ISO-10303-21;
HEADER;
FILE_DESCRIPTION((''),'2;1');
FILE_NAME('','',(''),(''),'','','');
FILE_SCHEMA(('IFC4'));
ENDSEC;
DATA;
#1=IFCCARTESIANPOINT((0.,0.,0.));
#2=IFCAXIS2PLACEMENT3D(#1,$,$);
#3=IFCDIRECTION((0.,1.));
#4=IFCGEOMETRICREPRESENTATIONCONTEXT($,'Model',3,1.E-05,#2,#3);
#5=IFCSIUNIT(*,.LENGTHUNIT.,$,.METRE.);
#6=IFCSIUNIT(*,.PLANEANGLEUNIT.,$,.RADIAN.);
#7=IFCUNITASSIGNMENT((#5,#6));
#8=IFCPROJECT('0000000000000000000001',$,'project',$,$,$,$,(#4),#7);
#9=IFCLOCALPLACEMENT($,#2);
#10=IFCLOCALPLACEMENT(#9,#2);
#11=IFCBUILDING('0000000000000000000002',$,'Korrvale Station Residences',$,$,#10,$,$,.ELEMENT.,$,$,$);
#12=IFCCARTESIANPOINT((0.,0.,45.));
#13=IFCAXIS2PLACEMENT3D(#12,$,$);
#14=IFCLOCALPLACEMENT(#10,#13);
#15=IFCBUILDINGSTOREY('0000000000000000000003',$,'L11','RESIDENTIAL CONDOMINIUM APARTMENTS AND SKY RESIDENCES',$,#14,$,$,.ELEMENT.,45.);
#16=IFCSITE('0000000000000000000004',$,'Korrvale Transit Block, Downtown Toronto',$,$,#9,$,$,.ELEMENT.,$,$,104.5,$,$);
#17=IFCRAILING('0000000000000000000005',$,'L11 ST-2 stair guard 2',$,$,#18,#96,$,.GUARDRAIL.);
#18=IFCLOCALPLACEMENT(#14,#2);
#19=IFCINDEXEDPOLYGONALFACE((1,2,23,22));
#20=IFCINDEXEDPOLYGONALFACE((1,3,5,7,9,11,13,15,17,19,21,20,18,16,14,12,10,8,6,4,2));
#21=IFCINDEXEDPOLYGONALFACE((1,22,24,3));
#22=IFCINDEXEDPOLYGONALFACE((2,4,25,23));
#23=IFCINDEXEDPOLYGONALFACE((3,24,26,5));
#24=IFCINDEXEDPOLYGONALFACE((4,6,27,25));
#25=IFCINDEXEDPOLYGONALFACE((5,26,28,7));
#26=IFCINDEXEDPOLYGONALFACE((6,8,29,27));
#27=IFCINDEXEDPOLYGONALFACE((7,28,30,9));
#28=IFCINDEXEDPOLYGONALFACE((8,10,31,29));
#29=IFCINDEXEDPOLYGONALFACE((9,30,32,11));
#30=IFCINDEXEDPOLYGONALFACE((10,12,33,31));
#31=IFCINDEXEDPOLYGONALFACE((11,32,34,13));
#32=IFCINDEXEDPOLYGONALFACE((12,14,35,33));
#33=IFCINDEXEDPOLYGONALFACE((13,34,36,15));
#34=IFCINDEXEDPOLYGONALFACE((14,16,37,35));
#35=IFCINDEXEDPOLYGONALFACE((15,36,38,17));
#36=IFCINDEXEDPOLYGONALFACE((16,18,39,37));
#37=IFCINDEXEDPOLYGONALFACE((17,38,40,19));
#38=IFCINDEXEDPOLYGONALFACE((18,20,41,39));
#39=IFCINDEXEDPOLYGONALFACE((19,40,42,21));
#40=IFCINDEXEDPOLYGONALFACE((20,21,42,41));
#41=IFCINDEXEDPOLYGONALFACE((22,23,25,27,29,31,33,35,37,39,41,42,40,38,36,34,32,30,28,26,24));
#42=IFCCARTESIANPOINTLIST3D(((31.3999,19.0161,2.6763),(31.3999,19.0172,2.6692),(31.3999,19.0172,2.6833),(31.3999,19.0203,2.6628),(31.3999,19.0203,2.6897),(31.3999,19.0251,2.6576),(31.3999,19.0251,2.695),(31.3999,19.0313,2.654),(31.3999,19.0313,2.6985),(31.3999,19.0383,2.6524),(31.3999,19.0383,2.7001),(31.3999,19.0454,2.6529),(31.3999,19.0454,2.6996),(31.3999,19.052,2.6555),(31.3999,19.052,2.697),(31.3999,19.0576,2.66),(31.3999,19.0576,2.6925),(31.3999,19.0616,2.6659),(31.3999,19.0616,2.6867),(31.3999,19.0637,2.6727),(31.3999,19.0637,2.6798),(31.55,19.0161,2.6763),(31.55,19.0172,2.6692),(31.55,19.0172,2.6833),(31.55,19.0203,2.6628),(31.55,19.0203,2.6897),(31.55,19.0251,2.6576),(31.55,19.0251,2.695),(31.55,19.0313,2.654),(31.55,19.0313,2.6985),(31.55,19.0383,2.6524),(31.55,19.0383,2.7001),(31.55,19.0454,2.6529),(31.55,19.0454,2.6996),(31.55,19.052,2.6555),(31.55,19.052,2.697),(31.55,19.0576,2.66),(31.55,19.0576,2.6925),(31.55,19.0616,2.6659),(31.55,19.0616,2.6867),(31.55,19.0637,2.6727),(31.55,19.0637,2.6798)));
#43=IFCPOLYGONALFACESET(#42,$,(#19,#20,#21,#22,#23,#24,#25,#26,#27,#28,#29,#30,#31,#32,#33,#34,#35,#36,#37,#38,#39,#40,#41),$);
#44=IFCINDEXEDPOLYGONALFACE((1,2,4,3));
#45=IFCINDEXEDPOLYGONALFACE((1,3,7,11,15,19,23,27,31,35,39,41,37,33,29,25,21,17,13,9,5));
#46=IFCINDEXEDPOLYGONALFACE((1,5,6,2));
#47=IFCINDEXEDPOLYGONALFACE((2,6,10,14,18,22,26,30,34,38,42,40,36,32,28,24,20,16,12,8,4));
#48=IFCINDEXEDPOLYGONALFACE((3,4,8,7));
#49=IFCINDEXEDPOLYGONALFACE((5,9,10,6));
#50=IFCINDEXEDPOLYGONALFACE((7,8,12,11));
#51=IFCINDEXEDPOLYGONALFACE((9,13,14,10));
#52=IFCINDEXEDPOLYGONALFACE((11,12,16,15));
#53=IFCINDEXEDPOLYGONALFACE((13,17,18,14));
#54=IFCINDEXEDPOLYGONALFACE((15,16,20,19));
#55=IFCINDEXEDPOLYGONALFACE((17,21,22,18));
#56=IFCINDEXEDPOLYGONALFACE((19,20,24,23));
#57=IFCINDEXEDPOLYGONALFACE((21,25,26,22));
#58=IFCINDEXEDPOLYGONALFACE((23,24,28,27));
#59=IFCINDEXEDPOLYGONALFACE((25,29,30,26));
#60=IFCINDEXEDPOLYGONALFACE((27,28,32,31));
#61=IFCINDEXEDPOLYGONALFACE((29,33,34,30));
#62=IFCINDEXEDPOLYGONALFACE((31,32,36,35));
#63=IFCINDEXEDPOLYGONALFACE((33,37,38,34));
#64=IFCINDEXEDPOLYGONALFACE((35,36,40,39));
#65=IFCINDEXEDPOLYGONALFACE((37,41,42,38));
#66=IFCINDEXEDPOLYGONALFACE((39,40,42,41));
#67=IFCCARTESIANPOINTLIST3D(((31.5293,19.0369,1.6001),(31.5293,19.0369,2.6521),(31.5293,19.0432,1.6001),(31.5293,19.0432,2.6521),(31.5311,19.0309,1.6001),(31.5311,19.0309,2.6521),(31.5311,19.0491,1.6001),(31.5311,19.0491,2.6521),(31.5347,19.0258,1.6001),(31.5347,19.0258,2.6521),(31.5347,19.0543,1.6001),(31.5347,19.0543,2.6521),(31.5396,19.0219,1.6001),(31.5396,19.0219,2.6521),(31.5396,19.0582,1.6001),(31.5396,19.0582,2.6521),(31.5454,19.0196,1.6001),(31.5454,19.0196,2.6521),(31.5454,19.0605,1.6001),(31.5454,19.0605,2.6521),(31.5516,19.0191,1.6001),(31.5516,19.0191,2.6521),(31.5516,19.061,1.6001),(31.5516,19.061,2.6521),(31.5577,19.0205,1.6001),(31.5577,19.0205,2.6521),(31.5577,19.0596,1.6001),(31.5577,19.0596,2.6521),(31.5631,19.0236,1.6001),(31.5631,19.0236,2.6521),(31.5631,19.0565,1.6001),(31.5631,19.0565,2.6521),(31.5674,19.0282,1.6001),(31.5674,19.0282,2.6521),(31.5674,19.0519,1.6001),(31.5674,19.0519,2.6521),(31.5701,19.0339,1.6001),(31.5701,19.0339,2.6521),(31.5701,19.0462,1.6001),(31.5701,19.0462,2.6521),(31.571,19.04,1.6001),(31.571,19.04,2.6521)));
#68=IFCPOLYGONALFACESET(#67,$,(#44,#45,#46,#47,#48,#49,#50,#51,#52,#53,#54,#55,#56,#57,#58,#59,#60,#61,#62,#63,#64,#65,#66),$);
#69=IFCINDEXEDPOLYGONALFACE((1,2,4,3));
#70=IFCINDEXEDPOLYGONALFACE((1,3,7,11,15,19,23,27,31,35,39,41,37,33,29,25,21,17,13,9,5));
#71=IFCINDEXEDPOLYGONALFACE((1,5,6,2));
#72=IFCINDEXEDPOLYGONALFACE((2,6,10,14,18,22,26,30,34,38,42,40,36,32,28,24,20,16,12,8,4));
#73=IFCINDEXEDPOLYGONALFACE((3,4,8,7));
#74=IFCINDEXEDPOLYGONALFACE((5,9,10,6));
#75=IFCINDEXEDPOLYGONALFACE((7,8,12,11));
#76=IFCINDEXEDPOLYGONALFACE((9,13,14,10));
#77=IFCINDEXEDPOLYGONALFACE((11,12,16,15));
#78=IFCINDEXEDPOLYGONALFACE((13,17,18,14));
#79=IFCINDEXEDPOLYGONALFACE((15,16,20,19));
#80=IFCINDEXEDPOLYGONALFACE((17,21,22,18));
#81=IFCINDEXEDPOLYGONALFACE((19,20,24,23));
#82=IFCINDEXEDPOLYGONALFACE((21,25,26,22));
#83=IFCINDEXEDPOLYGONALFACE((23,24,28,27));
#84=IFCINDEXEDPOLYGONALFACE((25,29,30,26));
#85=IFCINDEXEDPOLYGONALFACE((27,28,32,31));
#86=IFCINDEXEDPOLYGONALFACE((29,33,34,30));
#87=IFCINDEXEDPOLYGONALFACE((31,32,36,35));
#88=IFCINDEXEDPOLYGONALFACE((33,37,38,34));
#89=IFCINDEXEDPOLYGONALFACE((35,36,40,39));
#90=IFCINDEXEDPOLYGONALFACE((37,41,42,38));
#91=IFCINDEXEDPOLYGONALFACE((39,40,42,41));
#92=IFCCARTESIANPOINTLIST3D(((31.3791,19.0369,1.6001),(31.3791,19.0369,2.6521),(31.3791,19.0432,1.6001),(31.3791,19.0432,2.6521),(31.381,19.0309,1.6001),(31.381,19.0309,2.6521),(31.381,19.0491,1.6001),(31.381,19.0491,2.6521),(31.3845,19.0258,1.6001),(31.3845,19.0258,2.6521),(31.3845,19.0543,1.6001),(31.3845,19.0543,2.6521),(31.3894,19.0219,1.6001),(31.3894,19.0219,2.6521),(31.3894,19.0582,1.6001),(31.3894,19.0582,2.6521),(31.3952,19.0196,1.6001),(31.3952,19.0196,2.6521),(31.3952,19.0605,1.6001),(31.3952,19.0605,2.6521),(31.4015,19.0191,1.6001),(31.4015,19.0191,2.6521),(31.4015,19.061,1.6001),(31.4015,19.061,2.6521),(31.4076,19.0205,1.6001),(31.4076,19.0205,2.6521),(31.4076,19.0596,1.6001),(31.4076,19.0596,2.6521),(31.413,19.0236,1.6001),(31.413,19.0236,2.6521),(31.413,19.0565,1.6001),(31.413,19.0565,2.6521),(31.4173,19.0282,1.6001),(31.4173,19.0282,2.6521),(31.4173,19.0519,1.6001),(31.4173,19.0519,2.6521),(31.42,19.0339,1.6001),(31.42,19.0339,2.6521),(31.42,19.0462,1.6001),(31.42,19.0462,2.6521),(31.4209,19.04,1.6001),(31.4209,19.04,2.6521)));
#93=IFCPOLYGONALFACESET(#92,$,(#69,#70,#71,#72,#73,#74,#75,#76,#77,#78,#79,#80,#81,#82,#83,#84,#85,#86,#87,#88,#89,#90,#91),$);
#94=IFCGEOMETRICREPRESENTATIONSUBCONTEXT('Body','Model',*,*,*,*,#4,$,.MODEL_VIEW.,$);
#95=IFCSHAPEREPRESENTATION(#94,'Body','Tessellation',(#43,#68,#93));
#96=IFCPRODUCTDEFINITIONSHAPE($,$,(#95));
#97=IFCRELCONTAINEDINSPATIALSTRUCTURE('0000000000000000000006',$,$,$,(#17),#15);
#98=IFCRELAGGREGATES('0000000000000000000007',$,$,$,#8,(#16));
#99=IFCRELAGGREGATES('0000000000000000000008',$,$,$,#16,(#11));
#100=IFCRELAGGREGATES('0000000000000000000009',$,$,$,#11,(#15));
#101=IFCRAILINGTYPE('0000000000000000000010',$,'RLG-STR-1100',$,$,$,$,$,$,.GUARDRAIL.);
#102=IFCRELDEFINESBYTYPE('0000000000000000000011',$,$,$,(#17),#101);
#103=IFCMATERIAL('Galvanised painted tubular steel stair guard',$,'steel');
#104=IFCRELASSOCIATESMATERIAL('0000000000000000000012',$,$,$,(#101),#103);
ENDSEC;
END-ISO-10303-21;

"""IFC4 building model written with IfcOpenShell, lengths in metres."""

from ifc_helpers import new_model, si_unit, direction, frame, origin, origin_2d, place, context, subcontext, project, spatial, circle, extrude, material, type_object, element, save


model = new_model("IFC4")

# Units and contexts
model_context = context("Model", 3, precision=1e-05, world=origin(), true_north=direction((0.0, 1.0)))
body_context = subcontext(model_context, "Body", "Model", "MODEL_VIEW")
ifc_project = project(units=[si_unit("LENGTHUNIT", "METRE"), si_unit("PLANEANGLEUNIT", "RADIAN")], contexts=[model_context])

# Site, building, storey
site_placement = place(None, origin())
site = spatial("IfcSite", under=ifc_project, at=site_placement, Name="Korrvale Transit Block, Downtown Toronto", CompositionType="ELEMENT", RefElevation=104.5)
building_placement = place(site_placement, origin())
building = spatial("IfcBuilding", under=site, at=building_placement, Name="Korrvale Station Residences", CompositionType="ELEMENT")
storey_placement = place(building_placement, frame((0.0, 0.0, 45.0)))
storey = spatial("IfcBuildingStorey", under=building, at=storey_placement, Name="L11", Description="RESIDENTIAL CONDOMINIUM APARTMENTS AND SKY RESIDENCES", CompositionType="ELEMENT", Elevation=45.0)

# Railing
ifc_material_1 = material(Name="Galvanised painted tubular steel stair guard", Category="steel")
railing_type_1 = type_object("IfcRailingType", Name="RLG-STR-1100", PredefinedType="GUARDRAIL", material=ifc_material_1)
railing_1_placement = place(storey_placement, frame((31.55, 19.04, 1.6001)))
element("IfcRailing", 1, at=railing_1_placement, inside=storey, type_object=railing_type_1, Name="L11 ST-2 stair guard 2", PredefinedType="GUARDRAIL", context=body_context, shape_type="SweptSolid", body=[
    extrude(circle(Radius=0.0239, at=origin_2d()), frame((0.0, 0.0, 1.0762), z_axis=(-1.0, 0.0, 0.0), x_axis=(0.0, -1.0, 0.0)), (0.0, 0.0, 1.0), 0.1501),
    extrude(circle(Radius=0.021, at=origin_2d()), origin(), (0.0, 0.0, 1.0), 1.052),
    extrude(circle(Radius=0.021, at=origin_2d()), frame((-0.1501, 0.0, 0.0)), (0.0, 0.0, 1.0), 1.052),
])

save(model, "model.ifc")
